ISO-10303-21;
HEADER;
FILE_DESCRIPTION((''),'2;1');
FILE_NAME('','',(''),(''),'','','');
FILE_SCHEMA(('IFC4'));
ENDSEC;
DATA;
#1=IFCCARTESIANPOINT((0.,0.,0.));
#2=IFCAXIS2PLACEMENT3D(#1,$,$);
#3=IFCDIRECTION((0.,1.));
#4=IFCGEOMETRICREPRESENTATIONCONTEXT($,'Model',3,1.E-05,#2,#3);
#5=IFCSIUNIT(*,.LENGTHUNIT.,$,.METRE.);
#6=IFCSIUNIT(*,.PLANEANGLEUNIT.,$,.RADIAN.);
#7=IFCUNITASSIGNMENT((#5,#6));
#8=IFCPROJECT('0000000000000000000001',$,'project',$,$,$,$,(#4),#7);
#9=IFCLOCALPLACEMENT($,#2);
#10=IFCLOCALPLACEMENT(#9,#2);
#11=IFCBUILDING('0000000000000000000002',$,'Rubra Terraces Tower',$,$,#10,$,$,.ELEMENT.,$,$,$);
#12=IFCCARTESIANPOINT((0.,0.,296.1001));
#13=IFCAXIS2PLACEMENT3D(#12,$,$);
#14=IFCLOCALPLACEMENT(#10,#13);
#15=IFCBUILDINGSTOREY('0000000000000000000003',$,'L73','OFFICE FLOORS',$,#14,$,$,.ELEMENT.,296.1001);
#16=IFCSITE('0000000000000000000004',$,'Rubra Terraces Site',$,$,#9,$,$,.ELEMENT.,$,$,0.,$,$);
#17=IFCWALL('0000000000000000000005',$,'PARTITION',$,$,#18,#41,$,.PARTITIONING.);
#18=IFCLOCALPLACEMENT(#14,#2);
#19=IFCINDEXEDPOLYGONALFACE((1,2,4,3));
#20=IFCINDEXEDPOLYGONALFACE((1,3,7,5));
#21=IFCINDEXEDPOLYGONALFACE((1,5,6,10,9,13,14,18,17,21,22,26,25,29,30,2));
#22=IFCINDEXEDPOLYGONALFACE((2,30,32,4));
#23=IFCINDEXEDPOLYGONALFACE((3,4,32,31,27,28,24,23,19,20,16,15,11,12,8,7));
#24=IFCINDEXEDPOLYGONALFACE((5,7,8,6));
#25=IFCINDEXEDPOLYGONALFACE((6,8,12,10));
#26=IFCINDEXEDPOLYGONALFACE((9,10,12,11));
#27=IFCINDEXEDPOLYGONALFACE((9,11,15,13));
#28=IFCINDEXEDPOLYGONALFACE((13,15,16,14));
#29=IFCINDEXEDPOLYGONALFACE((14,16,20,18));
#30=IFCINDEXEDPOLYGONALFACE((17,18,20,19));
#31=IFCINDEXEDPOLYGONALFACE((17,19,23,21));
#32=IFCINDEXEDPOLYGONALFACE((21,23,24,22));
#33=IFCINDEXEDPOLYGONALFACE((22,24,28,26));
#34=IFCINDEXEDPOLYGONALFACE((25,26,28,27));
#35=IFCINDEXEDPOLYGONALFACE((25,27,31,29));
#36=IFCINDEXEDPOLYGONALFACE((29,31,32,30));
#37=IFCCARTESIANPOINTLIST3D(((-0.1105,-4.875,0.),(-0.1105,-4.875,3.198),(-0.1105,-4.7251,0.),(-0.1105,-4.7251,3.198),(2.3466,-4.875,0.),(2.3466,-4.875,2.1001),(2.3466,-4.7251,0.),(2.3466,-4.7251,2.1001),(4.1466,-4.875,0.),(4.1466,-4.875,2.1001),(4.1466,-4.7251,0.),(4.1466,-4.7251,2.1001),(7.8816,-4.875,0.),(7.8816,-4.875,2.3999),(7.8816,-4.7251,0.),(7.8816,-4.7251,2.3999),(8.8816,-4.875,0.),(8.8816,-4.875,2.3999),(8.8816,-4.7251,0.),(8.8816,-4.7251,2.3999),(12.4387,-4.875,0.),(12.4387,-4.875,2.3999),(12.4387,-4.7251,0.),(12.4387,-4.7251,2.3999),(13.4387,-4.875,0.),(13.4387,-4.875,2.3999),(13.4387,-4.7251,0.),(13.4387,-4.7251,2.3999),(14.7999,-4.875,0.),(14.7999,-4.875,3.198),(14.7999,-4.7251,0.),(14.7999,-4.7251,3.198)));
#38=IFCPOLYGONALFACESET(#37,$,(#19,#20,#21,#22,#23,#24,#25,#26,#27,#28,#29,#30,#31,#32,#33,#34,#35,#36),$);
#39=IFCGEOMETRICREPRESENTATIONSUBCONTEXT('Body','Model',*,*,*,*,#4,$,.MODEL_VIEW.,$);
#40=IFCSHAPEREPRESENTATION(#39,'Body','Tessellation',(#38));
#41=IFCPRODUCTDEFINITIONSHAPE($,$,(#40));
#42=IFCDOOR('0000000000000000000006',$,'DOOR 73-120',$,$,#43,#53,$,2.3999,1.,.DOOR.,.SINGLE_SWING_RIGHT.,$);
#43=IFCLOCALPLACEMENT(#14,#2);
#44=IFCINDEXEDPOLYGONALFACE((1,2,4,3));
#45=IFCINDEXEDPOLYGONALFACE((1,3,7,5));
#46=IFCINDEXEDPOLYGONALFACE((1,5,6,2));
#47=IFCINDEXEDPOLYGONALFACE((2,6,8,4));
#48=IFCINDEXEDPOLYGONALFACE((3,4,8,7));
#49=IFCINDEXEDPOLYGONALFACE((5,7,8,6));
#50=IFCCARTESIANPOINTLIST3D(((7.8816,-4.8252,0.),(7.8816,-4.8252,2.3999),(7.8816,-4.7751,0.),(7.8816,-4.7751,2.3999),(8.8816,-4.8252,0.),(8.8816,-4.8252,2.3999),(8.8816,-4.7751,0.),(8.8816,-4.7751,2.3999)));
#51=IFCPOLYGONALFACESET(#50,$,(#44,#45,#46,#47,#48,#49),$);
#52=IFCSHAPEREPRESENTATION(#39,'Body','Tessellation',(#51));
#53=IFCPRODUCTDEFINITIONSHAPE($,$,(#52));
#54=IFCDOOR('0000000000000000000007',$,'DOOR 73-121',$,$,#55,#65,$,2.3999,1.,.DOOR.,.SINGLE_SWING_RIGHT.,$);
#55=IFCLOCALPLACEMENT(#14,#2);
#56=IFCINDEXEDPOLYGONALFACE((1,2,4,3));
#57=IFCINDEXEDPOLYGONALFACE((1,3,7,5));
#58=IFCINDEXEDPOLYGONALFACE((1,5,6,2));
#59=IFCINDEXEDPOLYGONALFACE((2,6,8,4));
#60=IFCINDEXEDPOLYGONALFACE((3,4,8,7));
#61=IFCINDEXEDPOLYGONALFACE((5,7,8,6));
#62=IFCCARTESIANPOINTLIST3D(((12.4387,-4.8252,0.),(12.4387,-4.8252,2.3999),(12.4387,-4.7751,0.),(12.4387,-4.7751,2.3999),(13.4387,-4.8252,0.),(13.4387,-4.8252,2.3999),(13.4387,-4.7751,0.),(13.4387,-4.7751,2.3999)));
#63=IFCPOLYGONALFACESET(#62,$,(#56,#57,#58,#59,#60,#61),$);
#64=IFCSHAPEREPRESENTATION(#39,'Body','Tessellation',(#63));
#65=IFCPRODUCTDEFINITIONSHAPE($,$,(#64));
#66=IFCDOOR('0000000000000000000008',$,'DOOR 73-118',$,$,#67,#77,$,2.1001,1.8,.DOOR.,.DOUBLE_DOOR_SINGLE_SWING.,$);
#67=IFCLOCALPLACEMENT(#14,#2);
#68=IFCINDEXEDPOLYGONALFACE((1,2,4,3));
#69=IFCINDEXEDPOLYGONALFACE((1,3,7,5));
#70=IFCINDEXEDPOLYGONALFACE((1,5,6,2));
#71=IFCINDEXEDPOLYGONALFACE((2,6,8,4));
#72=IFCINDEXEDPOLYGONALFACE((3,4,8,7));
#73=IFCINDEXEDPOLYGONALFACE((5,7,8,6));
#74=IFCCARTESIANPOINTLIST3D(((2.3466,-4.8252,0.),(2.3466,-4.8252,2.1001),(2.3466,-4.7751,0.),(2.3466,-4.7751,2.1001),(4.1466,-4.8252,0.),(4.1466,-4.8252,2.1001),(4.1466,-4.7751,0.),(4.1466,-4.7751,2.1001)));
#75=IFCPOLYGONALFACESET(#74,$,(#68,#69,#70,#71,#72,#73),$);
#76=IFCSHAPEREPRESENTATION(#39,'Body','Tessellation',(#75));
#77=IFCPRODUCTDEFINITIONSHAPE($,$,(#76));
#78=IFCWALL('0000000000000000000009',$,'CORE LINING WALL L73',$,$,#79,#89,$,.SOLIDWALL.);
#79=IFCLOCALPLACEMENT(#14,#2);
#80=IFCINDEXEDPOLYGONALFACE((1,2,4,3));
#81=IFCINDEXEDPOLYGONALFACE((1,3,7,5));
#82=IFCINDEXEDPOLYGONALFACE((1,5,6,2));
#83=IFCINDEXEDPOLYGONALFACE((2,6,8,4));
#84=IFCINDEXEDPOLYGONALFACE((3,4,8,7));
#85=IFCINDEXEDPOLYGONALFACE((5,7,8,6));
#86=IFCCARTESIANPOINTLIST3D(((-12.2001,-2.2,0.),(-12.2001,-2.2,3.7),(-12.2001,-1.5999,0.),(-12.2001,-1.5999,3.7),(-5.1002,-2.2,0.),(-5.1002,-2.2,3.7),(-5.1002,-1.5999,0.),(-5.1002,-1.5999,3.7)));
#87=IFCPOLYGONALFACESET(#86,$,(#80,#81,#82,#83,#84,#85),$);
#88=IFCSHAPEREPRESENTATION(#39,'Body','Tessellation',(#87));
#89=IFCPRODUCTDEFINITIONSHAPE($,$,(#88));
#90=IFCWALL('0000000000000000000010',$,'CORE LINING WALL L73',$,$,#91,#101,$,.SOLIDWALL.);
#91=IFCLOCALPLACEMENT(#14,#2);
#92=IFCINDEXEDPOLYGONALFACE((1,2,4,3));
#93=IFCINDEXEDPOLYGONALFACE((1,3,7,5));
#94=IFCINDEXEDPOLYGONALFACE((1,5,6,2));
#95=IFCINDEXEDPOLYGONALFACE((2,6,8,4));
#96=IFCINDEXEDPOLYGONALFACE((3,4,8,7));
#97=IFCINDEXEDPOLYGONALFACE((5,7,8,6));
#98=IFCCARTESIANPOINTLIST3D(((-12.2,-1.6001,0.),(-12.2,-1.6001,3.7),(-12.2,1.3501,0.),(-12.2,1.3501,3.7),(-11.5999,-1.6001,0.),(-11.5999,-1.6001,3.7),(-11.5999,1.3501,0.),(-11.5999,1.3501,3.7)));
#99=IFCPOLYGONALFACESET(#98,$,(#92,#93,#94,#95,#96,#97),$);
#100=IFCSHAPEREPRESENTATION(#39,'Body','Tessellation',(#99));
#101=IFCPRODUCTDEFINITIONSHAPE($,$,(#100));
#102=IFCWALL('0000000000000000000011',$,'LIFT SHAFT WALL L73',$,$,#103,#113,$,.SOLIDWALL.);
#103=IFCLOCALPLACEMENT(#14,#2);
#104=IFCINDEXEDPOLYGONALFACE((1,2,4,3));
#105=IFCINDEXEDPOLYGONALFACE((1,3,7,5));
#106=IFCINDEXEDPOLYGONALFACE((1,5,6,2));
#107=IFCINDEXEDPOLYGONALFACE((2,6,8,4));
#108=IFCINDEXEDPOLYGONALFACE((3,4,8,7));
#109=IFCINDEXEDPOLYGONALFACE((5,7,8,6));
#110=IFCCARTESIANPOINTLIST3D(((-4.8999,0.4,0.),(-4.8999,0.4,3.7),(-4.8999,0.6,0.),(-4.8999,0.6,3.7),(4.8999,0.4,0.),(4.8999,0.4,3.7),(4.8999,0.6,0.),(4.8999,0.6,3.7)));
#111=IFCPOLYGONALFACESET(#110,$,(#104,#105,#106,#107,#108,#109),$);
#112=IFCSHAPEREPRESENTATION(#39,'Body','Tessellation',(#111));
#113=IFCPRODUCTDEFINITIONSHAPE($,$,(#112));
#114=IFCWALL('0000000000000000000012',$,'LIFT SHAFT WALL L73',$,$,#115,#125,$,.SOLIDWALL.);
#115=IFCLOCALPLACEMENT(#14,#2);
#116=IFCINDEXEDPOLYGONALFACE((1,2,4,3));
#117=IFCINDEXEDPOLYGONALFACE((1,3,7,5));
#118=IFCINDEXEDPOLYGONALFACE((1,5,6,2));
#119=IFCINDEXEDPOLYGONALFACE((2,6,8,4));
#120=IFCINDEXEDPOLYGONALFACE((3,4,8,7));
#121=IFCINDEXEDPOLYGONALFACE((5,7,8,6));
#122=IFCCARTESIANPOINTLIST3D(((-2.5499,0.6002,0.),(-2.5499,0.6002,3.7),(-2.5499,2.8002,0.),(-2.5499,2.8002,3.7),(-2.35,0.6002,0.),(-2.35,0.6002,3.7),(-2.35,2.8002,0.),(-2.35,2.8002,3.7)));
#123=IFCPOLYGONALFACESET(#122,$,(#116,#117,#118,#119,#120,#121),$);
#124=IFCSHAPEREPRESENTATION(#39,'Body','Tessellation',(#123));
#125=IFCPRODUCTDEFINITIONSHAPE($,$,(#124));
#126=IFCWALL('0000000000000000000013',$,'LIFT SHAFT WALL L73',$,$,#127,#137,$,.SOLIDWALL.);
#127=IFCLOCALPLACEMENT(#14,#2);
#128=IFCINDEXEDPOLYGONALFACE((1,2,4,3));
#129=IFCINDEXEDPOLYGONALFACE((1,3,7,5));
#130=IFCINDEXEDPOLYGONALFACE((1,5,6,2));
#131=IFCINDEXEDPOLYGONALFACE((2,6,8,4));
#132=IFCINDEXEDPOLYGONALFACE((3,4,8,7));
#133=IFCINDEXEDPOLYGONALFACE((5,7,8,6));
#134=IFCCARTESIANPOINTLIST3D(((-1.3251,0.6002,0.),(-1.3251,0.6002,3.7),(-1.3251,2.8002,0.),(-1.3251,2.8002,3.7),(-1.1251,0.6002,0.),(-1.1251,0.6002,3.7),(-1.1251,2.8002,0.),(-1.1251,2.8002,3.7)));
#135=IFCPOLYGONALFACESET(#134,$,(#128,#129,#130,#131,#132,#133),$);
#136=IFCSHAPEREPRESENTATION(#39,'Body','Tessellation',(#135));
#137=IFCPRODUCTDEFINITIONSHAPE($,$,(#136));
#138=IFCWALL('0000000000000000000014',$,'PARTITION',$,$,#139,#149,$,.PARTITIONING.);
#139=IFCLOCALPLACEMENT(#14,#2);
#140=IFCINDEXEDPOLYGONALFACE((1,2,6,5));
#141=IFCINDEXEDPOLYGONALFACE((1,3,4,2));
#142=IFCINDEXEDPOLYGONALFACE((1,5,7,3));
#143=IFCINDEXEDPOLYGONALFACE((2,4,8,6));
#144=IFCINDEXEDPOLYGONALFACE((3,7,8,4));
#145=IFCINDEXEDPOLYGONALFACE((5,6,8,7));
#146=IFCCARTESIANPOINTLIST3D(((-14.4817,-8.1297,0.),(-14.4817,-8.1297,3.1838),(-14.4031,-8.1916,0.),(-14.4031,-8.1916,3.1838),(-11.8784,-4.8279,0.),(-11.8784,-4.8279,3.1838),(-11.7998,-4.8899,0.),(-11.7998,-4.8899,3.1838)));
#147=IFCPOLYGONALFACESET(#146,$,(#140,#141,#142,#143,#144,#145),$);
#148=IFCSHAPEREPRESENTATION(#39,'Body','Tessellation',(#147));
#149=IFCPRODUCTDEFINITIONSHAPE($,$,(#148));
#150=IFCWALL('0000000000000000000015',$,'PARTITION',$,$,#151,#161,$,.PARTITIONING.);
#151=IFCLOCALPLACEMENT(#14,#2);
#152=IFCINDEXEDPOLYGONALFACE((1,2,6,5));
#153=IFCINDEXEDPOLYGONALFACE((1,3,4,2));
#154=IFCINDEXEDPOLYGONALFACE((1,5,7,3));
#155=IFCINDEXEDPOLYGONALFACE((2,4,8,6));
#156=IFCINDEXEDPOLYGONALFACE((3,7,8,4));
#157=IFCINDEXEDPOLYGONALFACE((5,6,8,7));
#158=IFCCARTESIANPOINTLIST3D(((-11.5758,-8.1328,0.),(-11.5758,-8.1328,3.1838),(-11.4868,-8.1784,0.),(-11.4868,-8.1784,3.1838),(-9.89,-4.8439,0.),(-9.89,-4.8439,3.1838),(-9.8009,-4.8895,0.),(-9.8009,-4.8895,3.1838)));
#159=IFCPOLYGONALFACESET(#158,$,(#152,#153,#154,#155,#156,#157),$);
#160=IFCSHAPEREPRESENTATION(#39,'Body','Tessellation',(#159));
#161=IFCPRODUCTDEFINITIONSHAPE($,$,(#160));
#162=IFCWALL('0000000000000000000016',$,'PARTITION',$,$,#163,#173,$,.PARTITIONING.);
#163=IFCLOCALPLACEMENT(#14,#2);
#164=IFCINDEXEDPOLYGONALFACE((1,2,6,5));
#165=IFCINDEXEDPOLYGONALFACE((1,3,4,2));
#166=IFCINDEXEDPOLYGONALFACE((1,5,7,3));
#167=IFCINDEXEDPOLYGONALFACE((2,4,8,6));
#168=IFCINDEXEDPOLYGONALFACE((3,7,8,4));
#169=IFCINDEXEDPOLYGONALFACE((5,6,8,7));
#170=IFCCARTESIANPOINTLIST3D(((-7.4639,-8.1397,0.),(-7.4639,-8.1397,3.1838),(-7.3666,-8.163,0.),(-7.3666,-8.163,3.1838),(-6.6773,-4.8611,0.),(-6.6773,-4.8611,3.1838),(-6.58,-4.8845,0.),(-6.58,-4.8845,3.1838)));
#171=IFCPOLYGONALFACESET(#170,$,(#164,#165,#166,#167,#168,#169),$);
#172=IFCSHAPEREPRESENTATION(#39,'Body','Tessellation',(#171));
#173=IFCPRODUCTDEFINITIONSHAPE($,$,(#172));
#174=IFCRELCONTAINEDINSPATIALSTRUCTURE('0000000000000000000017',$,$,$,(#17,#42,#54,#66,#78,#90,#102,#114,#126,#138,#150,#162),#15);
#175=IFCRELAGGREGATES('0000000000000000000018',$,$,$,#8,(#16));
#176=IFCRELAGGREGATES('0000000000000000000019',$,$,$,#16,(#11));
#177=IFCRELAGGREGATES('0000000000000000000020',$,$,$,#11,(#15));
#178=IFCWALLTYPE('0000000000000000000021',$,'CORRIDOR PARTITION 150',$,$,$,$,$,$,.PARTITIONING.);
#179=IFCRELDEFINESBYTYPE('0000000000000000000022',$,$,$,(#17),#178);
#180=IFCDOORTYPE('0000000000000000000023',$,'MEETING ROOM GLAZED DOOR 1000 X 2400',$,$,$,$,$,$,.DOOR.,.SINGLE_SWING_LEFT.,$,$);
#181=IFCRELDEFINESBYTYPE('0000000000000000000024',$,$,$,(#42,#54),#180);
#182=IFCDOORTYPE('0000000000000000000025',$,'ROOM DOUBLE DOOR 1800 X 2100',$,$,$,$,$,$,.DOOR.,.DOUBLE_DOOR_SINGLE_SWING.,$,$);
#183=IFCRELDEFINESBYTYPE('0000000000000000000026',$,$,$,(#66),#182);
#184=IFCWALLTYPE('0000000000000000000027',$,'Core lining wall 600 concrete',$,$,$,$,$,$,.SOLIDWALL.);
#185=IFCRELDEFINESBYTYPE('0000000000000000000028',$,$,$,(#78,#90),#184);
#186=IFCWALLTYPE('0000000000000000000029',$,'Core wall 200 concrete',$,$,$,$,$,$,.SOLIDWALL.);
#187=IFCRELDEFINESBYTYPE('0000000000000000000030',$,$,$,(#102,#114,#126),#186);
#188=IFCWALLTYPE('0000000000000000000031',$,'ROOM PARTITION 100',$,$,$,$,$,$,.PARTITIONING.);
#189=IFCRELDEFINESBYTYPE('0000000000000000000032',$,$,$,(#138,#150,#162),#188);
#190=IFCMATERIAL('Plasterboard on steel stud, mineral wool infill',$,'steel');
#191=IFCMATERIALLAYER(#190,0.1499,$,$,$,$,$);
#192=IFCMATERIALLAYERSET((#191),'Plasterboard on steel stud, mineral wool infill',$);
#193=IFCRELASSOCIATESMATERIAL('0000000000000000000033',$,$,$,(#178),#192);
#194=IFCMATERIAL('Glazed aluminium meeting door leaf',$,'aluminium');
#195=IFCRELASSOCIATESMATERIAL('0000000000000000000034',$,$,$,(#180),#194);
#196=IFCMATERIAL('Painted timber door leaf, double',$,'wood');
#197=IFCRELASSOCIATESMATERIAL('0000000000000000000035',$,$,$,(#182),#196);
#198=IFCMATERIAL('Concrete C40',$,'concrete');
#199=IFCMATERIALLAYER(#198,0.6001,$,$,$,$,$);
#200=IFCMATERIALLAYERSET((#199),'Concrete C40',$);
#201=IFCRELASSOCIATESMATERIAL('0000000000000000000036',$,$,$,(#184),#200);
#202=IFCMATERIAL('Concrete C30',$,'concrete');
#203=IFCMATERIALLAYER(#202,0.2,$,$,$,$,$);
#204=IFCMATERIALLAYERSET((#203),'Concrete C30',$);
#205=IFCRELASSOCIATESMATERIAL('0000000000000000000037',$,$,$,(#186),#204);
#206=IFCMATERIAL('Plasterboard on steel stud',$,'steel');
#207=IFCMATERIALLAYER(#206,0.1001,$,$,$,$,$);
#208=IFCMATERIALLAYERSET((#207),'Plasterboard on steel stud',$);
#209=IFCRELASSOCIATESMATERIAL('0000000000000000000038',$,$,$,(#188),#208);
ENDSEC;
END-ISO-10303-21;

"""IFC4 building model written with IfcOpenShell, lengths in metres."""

from ifc_helpers import new_model, si_unit, direction, frame, frame_2d, origin, place, context, subcontext, project, spatial, rectangle, extrude, material, layer, layer_set, type_object, element, fill, save


model = new_model("IFC4")

# Units and contexts
model_context = context("Model", 3, precision=1e-05, world=origin(), true_north=direction((0.0, 1.0)))
body_context = subcontext(model_context, "Body", "Model", "MODEL_VIEW")
ifc_project = project(units=[si_unit("LENGTHUNIT", "METRE"), si_unit("PLANEANGLEUNIT", "RADIAN")], contexts=[model_context])

# Site, building, storey
site_placement = place(None, origin())
site = spatial("IfcSite", under=ifc_project, at=site_placement, Name="Rubra Terraces Site", CompositionType="ELEMENT", RefElevation=0.0)
building_placement = place(site_placement, origin())
building = spatial("IfcBuilding", under=site, at=building_placement, Name="Rubra Terraces Tower", CompositionType="ELEMENT")
storey_placement = place(building_placement, frame((0.0, 0.0, 296.1001)))
storey = spatial("IfcBuildingStorey", under=building, at=storey_placement, Name="L73", Description="OFFICE FLOORS", CompositionType="ELEMENT", Elevation=296.1001)

# Wall, openings, doors
ifc_material_1 = material(Name="Plasterboard on steel stud, mineral wool infill", Category="steel")
ifc_layer_1 = layer(ifc_material_1, 0.1499)
ifc_layer_set_1 = layer_set([ifc_layer_1], Name="Plasterboard on steel stud, mineral wool infill")
wall_type_1 = type_object("IfcWallType", Name="CORRIDOR PARTITION 150", PredefinedType="PARTITIONING", material=ifc_layer_set_1)
wall_1_placement = place(storey_placement, frame((-0.1104, -4.8, 0.0), z_axis=(0.0, 0.0, 1.0), x_axis=(1.0, 0.0, 0.0)))
wall_1 = element("IfcWall", 1, at=wall_1_placement, inside=storey, type_object=wall_type_1, Name="PARTITION", PredefinedType="PARTITIONING", context=body_context, shape_type="SweptSolid", body=[
    extrude(rectangle(XDim=14.9104, YDim=0.1499, at=frame_2d((7.4551, 0.0))), origin(), (0.0, 0.0, 1.0), 3.198),
])
opening_1_placement = place(wall_1_placement, frame((2.457, 0.0, 0.0)))
opening_1 = element("IfcOpeningElement", 2, at=opening_1_placement, cuts=wall_1, PredefinedType="OPENING", context=body_context, shape_type="SweptSolid", body=[
    extrude(rectangle(XDim=1.8, YDim=2.1001, at=frame_2d((0.8999, 1.05))), frame((0.0, 0.085, 0.0), z_axis=(0.0, -1.0, 0.0), x_axis=(1.0, 0.0, 0.0)), (0.0, 0.0, 1.0), 0.1699),
])
opening_2_placement = place(wall_1_placement, frame((7.9919, 0.0, 0.0)))
opening_2 = element("IfcOpeningElement", 3, at=opening_2_placement, cuts=wall_1, PredefinedType="OPENING", context=body_context, shape_type="SweptSolid", body=[
    extrude(rectangle(XDim=1.0, YDim=2.3999, at=frame_2d((0.5, 1.2))), frame((0.0, 0.085, 0.0), z_axis=(0.0, -1.0, 0.0), x_axis=(1.0, 0.0, 0.0)), (0.0, 0.0, 1.0), 0.1699),
])
opening_3_placement = place(wall_1_placement, frame((12.5491, 0.0, 0.0)))
opening_3 = element("IfcOpeningElement", 4, at=opening_3_placement, cuts=wall_1, PredefinedType="OPENING", context=body_context, shape_type="SweptSolid", body=[
    extrude(rectangle(XDim=1.0, YDim=2.3999, at=frame_2d((0.5, 1.2))), frame((0.0, 0.085, 0.0), z_axis=(0.0, -1.0, 0.0), x_axis=(1.0, 0.0, 0.0)), (0.0, 0.0, 1.0), 0.1699),
])
ifc_material_2 = material(Name="Glazed aluminium meeting door leaf", Category="aluminium")
door_type_1 = type_object("IfcDoorType", Name="MEETING ROOM GLAZED DOOR 1000 X 2400", OperationType="SINGLE_SWING_LEFT", PredefinedType="DOOR", material=ifc_material_2)
door_1_placement = place(opening_2_placement, origin())
door_1 = element("IfcDoor", 5, at=door_1_placement, inside=storey, type_object=door_type_1, Name="DOOR 73-120", OperationType="SINGLE_SWING_RIGHT", OverallHeight=2.3999, OverallWidth=1.0, PredefinedType="DOOR", context=body_context, shape_type="SweptSolid", body=[
    extrude(rectangle(XDim=1.0, YDim=2.3999, at=frame_2d((0.5, 1.2))), frame((0.0, 0.0249, 0.0), z_axis=(0.0, -1.0, 0.0), x_axis=(1.0, 0.0, 0.0)), (0.0, 0.0, 1.0), 0.05),
])
fill(opening_2, door_1)
door_2_placement = place(opening_3_placement, origin())
door_2 = element("IfcDoor", 6, at=door_2_placement, inside=storey, type_object=door_type_1, Name="DOOR 73-121", OperationType="SINGLE_SWING_RIGHT", OverallHeight=2.3999, OverallWidth=1.0, PredefinedType="DOOR", context=body_context, shape_type="SweptSolid", body=[
    extrude(rectangle(XDim=1.0, YDim=2.3999, at=frame_2d((0.5, 1.2))), frame((0.0, 0.0249, 0.0), z_axis=(0.0, -1.0, 0.0), x_axis=(1.0, 0.0, 0.0)), (0.0, 0.0, 1.0), 0.05),
])
fill(opening_3, door_2)
ifc_material_3 = material(Name="Painted timber door leaf, double", Category="wood")
door_type_2 = type_object("IfcDoorType", Name="ROOM DOUBLE DOOR 1800 X 2100", OperationType="DOUBLE_DOOR_SINGLE_SWING", PredefinedType="DOOR", material=ifc_material_3)
door_3_placement = place(opening_1_placement, origin())
door_3 = element("IfcDoor", 7, at=door_3_placement, inside=storey, type_object=door_type_2, Name="DOOR 73-118", OperationType="DOUBLE_DOOR_SINGLE_SWING", OverallHeight=2.1001, OverallWidth=1.8, PredefinedType="DOOR", context=body_context, shape_type="SweptSolid", body=[
    extrude(rectangle(XDim=1.8, YDim=2.1001, at=frame_2d((0.8999, 1.05))), frame((0.0, 0.0249, 0.0), z_axis=(0.0, -1.0, 0.0), x_axis=(1.0, 0.0, 0.0)), (0.0, 0.0, 1.0), 0.05),
])
fill(opening_1, door_3)

# Walls
ifc_material_4 = material(Name="Concrete C40", Category="concrete")
ifc_layer_2 = layer(ifc_material_4, 0.6001)
ifc_layer_set_2 = layer_set([ifc_layer_2], Name="Concrete C40")
wall_type_2 = type_object("IfcWallType", Name="Core lining wall 600 concrete", PredefinedType="SOLIDWALL", material=ifc_layer_set_2)
wall_2_placement = place(storey_placement, frame((-12.2, -1.8999, 0.0), z_axis=(0.0, 0.0, 1.0), x_axis=(1.0, 0.0, 0.0)))
element("IfcWall", 8, at=wall_2_placement, inside=storey, type_object=wall_type_2, Name="CORE LINING WALL L73", PredefinedType="SOLIDWALL", context=body_context, shape_type="SweptSolid", body=[
    extrude(rectangle(XDim=7.0999, YDim=0.6001, at=frame_2d((3.5498, 0.0))), origin(), (0.0, 0.0, 1.0), 3.7),
])
wall_3_placement = place(storey_placement, frame((-11.8999, -1.6001, 0.0), z_axis=(0.0, 0.0, 1.0), x_axis=(0.0, 1.0, 0.0)))
element("IfcWall", 9, at=wall_3_placement, inside=storey, type_object=wall_type_2, Name="CORE LINING WALL L73", PredefinedType="SOLIDWALL", context=body_context, shape_type="SweptSolid", body=[
    extrude(rectangle(XDim=2.9502, YDim=0.6001, at=frame_2d((1.4751, 0.0))), origin(), (0.0, 0.0, 1.0), 3.7),
])
ifc_material_5 = material(Name="Concrete C30", Category="concrete")
ifc_layer_3 = layer(ifc_material_5, 0.2)
ifc_layer_set_3 = layer_set([ifc_layer_3], Name="Concrete C30")
wall_type_3 = type_object("IfcWallType", Name="Core wall 200 concrete", PredefinedType="SOLIDWALL", material=ifc_layer_set_3)
wall_4_placement = place(storey_placement, frame((-4.8999, 0.5, 0.0), z_axis=(0.0, 0.0, 1.0), x_axis=(1.0, 0.0, 0.0)))
element("IfcWall", 10, at=wall_4_placement, inside=storey, type_object=wall_type_3, Name="LIFT SHAFT WALL L73", PredefinedType="SOLIDWALL", context=body_context, shape_type="SweptSolid", body=[
    extrude(rectangle(XDim=9.7998, YDim=0.2, at=frame_2d((4.8999, 0.0))), origin(), (0.0, 0.0, 1.0), 3.7),
])
for number, where, z_axis, x_axis, name in (
    (11, (-2.45, 0.6001, 0.0), (0.0, 0.0, 1.0), (0.0, 1.0, 0.0), "LIFT SHAFT WALL L73"),
    (12, (-1.2251, 0.6001, 0.0), (0.0, 0.0, 1.0), (0.0, 1.0, 0.0), "LIFT SHAFT WALL L73"),
):
    element("IfcWall", number, at=place(storey_placement, frame(where, z_axis=z_axis, x_axis=x_axis)), inside=storey, type_object=wall_type_3, Name=name, PredefinedType="SOLIDWALL", context=body_context, shape_type="SweptSolid", body=[
        extrude(rectangle(XDim=2.2, YDim=0.2, at=frame_2d((1.1001, 0.0))), origin(), (0.0, 0.0, 1.0), 3.7),
    ])
ifc_material_6 = material(Name="Plasterboard on steel stud", Category="steel")
ifc_layer_4 = layer(ifc_material_6, 0.1001)
ifc_layer_set_4 = layer_set([ifc_layer_4], Name="Plasterboard on steel stud")
wall_type_4 = type_object("IfcWallType", Name="ROOM PARTITION 100", PredefinedType="PARTITIONING", material=ifc_layer_set_4)
wall_5_placement = place(storey_placement, frame((-11.8391, -4.8589, 0.0), z_axis=(0.0, 0.0, 1.0), x_axis=(-0.619149, -0.785274, 0.0)))
element("IfcWall", 13, at=wall_5_placement, inside=storey, type_object=wall_type_4, Name="PARTITION", PredefinedType="PARTITIONING", context=body_context, shape_type="SweptSolid", body=[
    extrude(rectangle(XDim=4.2046, YDim=0.1001, at=frame_2d((2.1023, 0.0))), origin(), (0.0, 0.0, 1.0), 3.1838),
])
wall_6_placement = place(storey_placement, frame((-9.8455, -4.8667, 0.0), z_axis=(0.0, 0.0, 1.0), x_axis=(-0.456149, -0.889903, 0.0)))
element("IfcWall", 14, at=wall_6_placement, inside=storey, type_object=wall_type_4, Name="PARTITION", PredefinedType="PARTITIONING", context=body_context, shape_type="SweptSolid", body=[
    extrude(rectangle(XDim=3.6958, YDim=0.1001, at=frame_2d((1.8479, 0.0))), origin(), (0.0, 0.0, 1.0), 3.1838),
])
wall_7_placement = place(storey_placement, frame((-6.6287, -4.8728, 0.0), z_axis=(0.0, 0.0, 1.0), x_axis=(-0.233307, -0.972403, 0.0)))
element("IfcWall", 15, at=wall_7_placement, inside=storey, type_object=wall_type_4, Name="PARTITION", PredefinedType="PARTITIONING", context=body_context, shape_type="SweptSolid", body=[
    extrude(rectangle(XDim=3.3716, YDim=0.1001, at=frame_2d((1.6858, 0.0))), origin(), (0.0, 0.0, 1.0), 3.1838),
])

save(model, "model.ifc")
